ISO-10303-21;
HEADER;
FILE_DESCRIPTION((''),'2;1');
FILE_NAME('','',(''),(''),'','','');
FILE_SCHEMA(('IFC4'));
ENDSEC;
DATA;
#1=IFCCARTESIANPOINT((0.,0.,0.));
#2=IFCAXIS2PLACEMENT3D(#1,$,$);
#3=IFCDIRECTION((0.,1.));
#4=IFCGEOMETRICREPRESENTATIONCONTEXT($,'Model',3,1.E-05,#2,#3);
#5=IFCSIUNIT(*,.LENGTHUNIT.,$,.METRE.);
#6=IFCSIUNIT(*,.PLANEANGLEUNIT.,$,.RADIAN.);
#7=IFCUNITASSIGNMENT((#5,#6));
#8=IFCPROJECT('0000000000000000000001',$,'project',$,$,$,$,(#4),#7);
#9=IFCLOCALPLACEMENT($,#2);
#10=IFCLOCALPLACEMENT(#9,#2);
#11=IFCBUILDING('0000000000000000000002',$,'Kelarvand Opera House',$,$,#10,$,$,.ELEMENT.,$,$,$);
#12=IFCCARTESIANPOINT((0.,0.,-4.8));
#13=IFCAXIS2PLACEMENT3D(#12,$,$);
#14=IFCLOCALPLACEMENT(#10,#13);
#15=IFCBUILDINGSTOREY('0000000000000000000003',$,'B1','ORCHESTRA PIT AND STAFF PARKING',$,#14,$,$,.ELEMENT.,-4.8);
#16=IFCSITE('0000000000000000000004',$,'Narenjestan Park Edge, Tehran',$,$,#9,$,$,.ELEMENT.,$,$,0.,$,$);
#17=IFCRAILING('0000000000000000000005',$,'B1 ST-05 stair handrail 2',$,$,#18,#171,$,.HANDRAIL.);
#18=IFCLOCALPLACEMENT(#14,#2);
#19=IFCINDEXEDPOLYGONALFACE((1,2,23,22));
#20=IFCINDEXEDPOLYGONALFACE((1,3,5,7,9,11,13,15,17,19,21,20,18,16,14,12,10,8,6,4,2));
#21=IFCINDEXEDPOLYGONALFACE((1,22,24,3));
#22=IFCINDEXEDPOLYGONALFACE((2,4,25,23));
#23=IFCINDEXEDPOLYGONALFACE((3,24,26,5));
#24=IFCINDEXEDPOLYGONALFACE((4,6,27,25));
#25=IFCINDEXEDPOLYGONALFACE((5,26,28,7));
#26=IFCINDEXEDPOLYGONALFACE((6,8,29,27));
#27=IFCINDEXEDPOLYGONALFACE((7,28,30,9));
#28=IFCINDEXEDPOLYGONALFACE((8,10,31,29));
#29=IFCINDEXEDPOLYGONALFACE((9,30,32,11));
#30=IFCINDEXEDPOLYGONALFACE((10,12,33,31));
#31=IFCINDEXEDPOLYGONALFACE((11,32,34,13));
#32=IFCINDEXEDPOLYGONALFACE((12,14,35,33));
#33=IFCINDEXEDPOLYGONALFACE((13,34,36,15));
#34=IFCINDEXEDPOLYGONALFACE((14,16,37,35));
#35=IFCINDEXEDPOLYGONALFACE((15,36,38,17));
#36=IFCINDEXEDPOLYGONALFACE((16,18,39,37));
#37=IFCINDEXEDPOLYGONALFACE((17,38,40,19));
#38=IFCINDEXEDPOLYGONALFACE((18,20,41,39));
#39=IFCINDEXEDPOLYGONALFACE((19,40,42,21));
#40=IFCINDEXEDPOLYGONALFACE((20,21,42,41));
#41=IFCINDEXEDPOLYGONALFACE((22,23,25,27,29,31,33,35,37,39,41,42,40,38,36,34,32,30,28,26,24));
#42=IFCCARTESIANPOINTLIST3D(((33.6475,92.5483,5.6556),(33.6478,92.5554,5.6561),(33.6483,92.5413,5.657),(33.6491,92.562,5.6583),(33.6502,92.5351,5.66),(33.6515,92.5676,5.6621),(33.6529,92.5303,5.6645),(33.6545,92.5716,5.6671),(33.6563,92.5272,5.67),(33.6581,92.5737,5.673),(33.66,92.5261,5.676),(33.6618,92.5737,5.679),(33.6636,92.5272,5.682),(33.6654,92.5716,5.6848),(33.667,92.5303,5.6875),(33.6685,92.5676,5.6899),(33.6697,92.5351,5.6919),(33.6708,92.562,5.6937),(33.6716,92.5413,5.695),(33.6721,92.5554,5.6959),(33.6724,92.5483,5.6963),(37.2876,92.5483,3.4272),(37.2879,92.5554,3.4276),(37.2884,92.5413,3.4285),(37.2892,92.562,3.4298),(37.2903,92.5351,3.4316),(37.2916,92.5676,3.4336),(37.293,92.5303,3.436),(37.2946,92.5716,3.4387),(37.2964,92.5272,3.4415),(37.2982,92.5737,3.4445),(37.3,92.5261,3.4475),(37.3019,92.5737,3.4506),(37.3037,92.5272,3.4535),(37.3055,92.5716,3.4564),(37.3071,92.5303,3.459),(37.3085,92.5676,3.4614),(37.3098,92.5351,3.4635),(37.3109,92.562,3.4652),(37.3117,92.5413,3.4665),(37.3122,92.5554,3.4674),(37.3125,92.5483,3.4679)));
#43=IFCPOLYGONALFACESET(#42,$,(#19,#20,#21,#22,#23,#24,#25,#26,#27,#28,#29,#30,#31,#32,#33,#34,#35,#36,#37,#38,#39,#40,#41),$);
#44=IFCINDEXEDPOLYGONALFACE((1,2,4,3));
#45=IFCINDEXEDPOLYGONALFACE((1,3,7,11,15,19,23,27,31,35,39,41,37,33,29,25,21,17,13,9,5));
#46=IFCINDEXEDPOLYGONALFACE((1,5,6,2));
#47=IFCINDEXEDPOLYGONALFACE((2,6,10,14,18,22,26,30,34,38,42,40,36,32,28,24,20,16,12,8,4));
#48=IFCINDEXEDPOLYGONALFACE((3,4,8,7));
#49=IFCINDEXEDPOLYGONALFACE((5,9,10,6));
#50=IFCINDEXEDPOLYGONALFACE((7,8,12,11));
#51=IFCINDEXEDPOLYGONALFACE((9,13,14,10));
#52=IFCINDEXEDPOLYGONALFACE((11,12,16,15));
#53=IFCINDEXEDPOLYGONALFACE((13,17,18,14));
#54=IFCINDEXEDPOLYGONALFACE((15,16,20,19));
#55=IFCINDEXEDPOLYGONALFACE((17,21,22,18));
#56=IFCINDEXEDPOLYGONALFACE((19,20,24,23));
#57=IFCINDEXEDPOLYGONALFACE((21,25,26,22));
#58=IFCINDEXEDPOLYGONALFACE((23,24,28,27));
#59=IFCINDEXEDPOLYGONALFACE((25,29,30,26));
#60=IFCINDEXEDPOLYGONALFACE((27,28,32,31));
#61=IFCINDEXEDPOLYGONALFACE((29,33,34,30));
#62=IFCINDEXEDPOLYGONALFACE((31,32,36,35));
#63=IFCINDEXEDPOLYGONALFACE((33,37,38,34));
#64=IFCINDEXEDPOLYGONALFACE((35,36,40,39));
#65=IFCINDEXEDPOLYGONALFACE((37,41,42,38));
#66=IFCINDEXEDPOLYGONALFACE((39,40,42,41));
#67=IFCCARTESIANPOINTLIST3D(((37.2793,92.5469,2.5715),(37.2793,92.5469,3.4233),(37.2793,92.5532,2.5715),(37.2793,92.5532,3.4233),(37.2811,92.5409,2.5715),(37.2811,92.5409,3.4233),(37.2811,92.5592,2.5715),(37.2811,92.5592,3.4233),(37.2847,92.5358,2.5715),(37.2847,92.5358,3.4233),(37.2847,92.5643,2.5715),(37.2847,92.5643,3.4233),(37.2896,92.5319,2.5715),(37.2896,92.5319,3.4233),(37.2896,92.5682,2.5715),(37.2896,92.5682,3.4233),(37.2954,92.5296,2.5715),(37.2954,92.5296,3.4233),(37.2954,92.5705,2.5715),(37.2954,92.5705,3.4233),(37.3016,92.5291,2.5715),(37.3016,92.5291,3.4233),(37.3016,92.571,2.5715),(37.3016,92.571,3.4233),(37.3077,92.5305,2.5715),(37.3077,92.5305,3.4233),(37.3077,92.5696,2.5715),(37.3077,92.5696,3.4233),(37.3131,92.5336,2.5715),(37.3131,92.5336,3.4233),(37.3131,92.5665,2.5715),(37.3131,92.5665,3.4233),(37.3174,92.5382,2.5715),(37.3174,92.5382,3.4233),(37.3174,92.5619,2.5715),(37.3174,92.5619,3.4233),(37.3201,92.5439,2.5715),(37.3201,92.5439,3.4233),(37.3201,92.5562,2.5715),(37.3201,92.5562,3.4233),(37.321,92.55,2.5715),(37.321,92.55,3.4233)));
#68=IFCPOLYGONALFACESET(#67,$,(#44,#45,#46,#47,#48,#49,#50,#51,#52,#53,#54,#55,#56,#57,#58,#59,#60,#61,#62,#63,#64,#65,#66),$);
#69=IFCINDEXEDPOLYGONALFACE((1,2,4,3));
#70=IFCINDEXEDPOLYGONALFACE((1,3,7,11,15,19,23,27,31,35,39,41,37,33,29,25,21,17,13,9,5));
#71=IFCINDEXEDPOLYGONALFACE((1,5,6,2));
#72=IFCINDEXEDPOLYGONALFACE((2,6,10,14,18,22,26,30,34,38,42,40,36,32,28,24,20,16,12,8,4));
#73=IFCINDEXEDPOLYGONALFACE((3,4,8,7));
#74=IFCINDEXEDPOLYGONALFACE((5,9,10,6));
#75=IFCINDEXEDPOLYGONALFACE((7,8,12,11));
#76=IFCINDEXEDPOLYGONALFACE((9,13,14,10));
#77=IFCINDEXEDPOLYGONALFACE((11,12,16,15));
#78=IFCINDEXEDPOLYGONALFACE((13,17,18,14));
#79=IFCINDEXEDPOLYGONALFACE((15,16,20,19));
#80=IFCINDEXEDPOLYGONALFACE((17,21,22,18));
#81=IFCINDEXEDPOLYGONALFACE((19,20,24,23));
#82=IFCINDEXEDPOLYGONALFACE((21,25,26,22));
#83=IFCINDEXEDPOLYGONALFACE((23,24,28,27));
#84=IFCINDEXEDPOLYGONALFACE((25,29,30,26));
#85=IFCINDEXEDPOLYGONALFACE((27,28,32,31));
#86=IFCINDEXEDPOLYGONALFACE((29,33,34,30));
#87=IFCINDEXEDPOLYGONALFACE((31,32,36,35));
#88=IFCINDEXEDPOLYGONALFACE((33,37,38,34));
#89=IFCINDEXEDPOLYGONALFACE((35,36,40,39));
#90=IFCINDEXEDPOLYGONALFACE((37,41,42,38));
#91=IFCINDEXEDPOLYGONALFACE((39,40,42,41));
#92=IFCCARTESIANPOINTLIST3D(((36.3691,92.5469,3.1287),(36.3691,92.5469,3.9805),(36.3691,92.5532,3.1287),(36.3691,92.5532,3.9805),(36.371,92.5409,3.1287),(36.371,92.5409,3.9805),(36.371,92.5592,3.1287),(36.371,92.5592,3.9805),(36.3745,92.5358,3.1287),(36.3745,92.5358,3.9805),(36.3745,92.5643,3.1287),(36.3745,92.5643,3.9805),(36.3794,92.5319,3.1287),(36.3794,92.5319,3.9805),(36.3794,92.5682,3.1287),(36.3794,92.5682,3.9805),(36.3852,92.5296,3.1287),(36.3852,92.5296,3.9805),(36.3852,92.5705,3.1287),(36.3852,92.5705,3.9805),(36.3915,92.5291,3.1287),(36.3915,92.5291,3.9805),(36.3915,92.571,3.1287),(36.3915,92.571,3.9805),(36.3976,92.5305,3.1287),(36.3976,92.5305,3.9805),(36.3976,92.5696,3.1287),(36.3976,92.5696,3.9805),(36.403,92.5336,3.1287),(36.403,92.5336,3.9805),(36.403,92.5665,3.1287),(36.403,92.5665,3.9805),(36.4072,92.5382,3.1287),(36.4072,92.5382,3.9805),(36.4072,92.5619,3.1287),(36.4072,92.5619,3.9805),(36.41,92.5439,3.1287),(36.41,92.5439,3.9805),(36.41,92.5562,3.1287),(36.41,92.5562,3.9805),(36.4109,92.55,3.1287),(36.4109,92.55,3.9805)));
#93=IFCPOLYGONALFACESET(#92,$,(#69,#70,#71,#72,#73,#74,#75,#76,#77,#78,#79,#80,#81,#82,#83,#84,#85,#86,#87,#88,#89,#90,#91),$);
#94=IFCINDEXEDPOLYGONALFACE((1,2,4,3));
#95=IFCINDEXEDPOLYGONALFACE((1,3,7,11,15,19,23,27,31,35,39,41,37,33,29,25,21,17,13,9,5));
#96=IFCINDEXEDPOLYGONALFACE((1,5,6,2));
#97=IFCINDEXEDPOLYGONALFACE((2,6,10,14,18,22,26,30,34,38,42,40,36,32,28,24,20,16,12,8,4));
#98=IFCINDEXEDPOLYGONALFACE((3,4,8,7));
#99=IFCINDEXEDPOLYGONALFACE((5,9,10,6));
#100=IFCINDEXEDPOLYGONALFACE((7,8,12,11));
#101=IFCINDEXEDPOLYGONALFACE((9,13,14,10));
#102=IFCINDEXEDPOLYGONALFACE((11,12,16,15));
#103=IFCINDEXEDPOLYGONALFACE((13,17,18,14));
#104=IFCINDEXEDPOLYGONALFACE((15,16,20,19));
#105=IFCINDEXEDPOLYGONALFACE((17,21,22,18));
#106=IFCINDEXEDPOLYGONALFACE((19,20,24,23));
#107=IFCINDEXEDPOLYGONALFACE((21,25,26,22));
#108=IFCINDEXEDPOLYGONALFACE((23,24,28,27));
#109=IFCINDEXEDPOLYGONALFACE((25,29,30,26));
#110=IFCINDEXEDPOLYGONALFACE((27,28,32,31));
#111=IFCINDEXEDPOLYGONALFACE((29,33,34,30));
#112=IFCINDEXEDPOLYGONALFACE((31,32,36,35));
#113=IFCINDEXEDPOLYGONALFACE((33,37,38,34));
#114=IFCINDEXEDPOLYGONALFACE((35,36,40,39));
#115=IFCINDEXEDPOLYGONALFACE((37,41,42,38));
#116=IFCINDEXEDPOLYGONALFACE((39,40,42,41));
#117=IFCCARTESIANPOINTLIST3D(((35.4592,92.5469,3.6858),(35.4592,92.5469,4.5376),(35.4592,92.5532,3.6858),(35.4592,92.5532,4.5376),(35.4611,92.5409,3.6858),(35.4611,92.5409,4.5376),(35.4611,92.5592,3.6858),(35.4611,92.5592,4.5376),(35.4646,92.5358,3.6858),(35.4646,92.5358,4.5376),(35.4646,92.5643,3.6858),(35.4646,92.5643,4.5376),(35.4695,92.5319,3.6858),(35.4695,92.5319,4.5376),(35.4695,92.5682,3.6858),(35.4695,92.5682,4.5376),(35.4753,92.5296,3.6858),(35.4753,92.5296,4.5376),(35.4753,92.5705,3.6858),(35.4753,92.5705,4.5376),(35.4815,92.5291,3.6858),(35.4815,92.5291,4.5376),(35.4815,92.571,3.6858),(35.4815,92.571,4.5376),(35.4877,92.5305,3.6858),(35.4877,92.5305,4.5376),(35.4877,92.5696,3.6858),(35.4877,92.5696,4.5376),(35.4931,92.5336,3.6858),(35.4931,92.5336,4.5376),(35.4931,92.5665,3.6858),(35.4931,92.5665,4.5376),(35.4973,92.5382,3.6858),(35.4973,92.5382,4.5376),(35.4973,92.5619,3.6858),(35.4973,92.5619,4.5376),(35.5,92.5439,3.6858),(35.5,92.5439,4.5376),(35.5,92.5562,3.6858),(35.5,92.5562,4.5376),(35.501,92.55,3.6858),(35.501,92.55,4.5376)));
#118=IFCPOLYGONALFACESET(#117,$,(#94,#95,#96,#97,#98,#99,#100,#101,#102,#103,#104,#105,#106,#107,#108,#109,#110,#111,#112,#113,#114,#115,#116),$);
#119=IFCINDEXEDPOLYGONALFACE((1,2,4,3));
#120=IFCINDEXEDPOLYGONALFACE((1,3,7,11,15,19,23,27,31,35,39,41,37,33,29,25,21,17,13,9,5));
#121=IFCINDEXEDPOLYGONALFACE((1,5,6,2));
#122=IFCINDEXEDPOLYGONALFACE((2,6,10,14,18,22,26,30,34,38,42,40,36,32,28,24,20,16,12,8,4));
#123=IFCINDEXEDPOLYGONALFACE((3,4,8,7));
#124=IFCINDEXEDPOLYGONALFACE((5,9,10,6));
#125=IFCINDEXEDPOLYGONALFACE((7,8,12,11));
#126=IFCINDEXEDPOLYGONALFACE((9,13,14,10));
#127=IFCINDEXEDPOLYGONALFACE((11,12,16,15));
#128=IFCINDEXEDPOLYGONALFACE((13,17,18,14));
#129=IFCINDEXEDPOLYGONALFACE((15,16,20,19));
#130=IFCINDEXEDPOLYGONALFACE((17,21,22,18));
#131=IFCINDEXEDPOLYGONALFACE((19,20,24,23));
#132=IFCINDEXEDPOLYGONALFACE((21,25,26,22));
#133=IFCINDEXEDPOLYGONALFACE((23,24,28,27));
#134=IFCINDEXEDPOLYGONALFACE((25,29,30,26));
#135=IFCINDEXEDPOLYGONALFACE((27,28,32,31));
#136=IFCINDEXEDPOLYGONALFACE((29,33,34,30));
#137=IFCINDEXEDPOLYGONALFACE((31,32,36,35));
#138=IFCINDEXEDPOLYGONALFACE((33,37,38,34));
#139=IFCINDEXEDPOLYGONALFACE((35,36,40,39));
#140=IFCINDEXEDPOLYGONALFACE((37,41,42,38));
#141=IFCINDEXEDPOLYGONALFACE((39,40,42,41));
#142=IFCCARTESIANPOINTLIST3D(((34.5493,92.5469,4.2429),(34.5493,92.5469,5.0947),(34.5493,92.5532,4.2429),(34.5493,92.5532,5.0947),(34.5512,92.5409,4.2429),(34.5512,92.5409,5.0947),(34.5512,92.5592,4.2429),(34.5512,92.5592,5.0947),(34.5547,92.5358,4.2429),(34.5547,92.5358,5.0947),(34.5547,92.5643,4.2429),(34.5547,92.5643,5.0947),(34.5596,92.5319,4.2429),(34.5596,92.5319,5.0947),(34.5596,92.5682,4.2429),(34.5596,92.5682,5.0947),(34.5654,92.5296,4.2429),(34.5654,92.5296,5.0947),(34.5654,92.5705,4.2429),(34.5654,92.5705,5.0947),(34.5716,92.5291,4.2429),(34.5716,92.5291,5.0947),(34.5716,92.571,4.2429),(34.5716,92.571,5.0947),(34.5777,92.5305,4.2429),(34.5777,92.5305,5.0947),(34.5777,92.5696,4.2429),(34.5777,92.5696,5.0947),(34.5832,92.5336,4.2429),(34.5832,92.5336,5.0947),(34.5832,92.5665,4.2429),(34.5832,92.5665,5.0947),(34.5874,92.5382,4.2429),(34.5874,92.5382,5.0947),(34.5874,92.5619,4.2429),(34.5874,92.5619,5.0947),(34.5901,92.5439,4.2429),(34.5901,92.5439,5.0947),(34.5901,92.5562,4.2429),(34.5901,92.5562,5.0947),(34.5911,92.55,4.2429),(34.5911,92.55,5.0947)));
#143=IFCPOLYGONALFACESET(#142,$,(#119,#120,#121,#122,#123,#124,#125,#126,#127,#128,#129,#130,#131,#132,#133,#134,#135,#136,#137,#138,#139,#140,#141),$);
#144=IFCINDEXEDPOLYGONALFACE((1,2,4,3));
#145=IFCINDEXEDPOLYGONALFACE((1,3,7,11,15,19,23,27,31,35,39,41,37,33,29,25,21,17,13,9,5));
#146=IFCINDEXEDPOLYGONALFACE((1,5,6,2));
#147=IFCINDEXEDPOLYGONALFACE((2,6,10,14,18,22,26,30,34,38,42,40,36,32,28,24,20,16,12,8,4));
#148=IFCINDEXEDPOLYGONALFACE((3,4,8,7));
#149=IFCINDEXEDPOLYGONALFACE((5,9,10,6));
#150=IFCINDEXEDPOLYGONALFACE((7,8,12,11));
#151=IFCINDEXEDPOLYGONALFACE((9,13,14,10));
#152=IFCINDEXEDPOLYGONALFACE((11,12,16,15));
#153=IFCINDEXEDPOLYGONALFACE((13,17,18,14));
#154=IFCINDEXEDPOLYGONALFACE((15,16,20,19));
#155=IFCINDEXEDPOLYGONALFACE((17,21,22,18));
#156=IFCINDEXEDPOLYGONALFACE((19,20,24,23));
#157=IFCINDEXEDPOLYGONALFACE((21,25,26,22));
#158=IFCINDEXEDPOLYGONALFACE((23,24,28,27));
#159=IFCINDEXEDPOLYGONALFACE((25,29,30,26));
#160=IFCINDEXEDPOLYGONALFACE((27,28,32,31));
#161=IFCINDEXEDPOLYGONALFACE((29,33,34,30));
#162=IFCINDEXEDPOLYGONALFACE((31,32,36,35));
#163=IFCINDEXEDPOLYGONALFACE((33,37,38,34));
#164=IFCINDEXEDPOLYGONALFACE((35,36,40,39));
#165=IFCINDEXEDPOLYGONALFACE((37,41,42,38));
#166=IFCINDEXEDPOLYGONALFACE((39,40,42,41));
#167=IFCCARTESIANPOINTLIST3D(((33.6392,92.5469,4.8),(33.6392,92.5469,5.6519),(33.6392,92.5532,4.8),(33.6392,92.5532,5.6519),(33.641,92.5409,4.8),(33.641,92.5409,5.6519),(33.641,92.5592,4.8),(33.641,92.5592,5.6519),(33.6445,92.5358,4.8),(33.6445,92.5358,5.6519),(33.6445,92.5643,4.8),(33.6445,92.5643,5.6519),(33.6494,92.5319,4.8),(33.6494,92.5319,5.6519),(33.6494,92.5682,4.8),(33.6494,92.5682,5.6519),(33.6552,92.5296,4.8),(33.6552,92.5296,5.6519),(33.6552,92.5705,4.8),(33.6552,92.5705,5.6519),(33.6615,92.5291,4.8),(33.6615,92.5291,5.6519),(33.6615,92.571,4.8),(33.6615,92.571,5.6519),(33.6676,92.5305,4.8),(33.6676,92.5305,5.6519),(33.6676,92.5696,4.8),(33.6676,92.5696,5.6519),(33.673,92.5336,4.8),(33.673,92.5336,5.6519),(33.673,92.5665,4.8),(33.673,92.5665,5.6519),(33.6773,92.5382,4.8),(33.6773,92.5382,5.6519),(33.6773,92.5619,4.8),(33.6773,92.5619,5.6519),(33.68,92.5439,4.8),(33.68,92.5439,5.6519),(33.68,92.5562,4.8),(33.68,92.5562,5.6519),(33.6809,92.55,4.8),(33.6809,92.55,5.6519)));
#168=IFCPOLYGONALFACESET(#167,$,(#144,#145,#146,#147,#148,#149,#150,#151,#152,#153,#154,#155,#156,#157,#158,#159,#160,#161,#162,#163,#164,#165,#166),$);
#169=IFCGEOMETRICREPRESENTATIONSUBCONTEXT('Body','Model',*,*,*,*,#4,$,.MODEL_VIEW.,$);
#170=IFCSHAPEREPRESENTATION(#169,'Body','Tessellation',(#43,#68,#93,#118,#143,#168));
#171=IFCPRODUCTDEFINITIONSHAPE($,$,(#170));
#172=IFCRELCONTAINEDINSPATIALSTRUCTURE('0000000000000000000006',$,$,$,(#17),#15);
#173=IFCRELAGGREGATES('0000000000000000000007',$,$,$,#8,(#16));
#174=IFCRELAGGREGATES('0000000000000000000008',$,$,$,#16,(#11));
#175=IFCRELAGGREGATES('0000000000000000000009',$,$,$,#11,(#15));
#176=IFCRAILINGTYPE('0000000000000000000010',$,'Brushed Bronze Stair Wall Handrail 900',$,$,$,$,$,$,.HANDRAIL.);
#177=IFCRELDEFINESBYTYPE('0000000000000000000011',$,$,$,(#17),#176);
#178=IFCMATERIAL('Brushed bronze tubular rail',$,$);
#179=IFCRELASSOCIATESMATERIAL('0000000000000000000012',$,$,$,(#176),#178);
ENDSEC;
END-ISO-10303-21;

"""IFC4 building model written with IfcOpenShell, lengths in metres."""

from ifc_helpers import new_model, si_unit, direction, frame, origin, origin_2d, place, context, subcontext, project, spatial, circle, extrude, material, type_object, element, save


model = new_model("IFC4")

# Units and contexts
model_context = context("Model", 3, precision=1e-05, world=origin(), true_north=direction((0.0, 1.0)))
body_context = subcontext(model_context, "Body", "Model", "MODEL_VIEW")
ifc_project = project(units=[si_unit("LENGTHUNIT", "METRE"), si_unit("PLANEANGLEUNIT", "RADIAN")], contexts=[model_context])

# Site, building, storey
site_placement = place(None, origin())
site = spatial("IfcSite", under=ifc_project, at=site_placement, Name="Narenjestan Park Edge, Tehran", CompositionType="ELEMENT", RefElevation=0.0)
building_placement = place(site_placement, origin())
building = spatial("IfcBuilding", under=site, at=building_placement, Name="Kelarvand Opera House", CompositionType="ELEMENT")
storey_placement = place(building_placement, frame((0.0, 0.0, -4.8)))
storey = spatial("IfcBuildingStorey", under=building, at=storey_placement, Name="B1", Description="ORCHESTRA PIT AND STAFF PARKING", CompositionType="ELEMENT", Elevation=-4.8)

# Railing
ifc_material_1 = material(Name="Brushed bronze tubular rail")
railing_type_1 = type_object("IfcRailingType", Name="Brushed Bronze Stair Wall Handrail 900", PredefinedType="HANDRAIL", material=ifc_material_1)
railing_1_placement = place(storey_placement, frame((37.3, 92.55, 2.5715)))
element("IfcRailing", 1, at=railing_1_placement, inside=storey, type_object=railing_type_1, Name="B1 ST-05 stair handrail 2", PredefinedType="HANDRAIL", context=body_context, shape_type="SweptSolid", body=[
    extrude(circle(Radius=0.0239, at=origin_2d()), frame((0.0, 0.0, 0.876), z_axis=(-0.852866, 0.0, 0.52213), x_axis=(0.0, -1.0, 0.0)), (0.0, 0.0, 1.0), 4.2681),
    extrude(circle(Radius=0.021, at=origin_2d()), origin(), (0.0, 0.0, 1.0), 0.8518),
    extrude(circle(Radius=0.021, at=origin_2d()), frame((-0.9102, 0.0, 0.5571)), (0.0, 0.0, 1.0), 0.8518),
    extrude(circle(Radius=0.021, at=origin_2d()), frame((-1.8201, 0.0, 1.1143)), (0.0, 0.0, 1.0), 0.8518),
    extrude(circle(Radius=0.021, at=origin_2d()), frame((-2.73, 0.0, 1.6714)), (0.0, 0.0, 1.0), 0.8518),
    extrude(circle(Radius=0.021, at=origin_2d()), frame((-3.6401, 0.0, 2.2285)), (0.0, 0.0, 1.0), 0.8518),
])

save(model, "model.ifc")
